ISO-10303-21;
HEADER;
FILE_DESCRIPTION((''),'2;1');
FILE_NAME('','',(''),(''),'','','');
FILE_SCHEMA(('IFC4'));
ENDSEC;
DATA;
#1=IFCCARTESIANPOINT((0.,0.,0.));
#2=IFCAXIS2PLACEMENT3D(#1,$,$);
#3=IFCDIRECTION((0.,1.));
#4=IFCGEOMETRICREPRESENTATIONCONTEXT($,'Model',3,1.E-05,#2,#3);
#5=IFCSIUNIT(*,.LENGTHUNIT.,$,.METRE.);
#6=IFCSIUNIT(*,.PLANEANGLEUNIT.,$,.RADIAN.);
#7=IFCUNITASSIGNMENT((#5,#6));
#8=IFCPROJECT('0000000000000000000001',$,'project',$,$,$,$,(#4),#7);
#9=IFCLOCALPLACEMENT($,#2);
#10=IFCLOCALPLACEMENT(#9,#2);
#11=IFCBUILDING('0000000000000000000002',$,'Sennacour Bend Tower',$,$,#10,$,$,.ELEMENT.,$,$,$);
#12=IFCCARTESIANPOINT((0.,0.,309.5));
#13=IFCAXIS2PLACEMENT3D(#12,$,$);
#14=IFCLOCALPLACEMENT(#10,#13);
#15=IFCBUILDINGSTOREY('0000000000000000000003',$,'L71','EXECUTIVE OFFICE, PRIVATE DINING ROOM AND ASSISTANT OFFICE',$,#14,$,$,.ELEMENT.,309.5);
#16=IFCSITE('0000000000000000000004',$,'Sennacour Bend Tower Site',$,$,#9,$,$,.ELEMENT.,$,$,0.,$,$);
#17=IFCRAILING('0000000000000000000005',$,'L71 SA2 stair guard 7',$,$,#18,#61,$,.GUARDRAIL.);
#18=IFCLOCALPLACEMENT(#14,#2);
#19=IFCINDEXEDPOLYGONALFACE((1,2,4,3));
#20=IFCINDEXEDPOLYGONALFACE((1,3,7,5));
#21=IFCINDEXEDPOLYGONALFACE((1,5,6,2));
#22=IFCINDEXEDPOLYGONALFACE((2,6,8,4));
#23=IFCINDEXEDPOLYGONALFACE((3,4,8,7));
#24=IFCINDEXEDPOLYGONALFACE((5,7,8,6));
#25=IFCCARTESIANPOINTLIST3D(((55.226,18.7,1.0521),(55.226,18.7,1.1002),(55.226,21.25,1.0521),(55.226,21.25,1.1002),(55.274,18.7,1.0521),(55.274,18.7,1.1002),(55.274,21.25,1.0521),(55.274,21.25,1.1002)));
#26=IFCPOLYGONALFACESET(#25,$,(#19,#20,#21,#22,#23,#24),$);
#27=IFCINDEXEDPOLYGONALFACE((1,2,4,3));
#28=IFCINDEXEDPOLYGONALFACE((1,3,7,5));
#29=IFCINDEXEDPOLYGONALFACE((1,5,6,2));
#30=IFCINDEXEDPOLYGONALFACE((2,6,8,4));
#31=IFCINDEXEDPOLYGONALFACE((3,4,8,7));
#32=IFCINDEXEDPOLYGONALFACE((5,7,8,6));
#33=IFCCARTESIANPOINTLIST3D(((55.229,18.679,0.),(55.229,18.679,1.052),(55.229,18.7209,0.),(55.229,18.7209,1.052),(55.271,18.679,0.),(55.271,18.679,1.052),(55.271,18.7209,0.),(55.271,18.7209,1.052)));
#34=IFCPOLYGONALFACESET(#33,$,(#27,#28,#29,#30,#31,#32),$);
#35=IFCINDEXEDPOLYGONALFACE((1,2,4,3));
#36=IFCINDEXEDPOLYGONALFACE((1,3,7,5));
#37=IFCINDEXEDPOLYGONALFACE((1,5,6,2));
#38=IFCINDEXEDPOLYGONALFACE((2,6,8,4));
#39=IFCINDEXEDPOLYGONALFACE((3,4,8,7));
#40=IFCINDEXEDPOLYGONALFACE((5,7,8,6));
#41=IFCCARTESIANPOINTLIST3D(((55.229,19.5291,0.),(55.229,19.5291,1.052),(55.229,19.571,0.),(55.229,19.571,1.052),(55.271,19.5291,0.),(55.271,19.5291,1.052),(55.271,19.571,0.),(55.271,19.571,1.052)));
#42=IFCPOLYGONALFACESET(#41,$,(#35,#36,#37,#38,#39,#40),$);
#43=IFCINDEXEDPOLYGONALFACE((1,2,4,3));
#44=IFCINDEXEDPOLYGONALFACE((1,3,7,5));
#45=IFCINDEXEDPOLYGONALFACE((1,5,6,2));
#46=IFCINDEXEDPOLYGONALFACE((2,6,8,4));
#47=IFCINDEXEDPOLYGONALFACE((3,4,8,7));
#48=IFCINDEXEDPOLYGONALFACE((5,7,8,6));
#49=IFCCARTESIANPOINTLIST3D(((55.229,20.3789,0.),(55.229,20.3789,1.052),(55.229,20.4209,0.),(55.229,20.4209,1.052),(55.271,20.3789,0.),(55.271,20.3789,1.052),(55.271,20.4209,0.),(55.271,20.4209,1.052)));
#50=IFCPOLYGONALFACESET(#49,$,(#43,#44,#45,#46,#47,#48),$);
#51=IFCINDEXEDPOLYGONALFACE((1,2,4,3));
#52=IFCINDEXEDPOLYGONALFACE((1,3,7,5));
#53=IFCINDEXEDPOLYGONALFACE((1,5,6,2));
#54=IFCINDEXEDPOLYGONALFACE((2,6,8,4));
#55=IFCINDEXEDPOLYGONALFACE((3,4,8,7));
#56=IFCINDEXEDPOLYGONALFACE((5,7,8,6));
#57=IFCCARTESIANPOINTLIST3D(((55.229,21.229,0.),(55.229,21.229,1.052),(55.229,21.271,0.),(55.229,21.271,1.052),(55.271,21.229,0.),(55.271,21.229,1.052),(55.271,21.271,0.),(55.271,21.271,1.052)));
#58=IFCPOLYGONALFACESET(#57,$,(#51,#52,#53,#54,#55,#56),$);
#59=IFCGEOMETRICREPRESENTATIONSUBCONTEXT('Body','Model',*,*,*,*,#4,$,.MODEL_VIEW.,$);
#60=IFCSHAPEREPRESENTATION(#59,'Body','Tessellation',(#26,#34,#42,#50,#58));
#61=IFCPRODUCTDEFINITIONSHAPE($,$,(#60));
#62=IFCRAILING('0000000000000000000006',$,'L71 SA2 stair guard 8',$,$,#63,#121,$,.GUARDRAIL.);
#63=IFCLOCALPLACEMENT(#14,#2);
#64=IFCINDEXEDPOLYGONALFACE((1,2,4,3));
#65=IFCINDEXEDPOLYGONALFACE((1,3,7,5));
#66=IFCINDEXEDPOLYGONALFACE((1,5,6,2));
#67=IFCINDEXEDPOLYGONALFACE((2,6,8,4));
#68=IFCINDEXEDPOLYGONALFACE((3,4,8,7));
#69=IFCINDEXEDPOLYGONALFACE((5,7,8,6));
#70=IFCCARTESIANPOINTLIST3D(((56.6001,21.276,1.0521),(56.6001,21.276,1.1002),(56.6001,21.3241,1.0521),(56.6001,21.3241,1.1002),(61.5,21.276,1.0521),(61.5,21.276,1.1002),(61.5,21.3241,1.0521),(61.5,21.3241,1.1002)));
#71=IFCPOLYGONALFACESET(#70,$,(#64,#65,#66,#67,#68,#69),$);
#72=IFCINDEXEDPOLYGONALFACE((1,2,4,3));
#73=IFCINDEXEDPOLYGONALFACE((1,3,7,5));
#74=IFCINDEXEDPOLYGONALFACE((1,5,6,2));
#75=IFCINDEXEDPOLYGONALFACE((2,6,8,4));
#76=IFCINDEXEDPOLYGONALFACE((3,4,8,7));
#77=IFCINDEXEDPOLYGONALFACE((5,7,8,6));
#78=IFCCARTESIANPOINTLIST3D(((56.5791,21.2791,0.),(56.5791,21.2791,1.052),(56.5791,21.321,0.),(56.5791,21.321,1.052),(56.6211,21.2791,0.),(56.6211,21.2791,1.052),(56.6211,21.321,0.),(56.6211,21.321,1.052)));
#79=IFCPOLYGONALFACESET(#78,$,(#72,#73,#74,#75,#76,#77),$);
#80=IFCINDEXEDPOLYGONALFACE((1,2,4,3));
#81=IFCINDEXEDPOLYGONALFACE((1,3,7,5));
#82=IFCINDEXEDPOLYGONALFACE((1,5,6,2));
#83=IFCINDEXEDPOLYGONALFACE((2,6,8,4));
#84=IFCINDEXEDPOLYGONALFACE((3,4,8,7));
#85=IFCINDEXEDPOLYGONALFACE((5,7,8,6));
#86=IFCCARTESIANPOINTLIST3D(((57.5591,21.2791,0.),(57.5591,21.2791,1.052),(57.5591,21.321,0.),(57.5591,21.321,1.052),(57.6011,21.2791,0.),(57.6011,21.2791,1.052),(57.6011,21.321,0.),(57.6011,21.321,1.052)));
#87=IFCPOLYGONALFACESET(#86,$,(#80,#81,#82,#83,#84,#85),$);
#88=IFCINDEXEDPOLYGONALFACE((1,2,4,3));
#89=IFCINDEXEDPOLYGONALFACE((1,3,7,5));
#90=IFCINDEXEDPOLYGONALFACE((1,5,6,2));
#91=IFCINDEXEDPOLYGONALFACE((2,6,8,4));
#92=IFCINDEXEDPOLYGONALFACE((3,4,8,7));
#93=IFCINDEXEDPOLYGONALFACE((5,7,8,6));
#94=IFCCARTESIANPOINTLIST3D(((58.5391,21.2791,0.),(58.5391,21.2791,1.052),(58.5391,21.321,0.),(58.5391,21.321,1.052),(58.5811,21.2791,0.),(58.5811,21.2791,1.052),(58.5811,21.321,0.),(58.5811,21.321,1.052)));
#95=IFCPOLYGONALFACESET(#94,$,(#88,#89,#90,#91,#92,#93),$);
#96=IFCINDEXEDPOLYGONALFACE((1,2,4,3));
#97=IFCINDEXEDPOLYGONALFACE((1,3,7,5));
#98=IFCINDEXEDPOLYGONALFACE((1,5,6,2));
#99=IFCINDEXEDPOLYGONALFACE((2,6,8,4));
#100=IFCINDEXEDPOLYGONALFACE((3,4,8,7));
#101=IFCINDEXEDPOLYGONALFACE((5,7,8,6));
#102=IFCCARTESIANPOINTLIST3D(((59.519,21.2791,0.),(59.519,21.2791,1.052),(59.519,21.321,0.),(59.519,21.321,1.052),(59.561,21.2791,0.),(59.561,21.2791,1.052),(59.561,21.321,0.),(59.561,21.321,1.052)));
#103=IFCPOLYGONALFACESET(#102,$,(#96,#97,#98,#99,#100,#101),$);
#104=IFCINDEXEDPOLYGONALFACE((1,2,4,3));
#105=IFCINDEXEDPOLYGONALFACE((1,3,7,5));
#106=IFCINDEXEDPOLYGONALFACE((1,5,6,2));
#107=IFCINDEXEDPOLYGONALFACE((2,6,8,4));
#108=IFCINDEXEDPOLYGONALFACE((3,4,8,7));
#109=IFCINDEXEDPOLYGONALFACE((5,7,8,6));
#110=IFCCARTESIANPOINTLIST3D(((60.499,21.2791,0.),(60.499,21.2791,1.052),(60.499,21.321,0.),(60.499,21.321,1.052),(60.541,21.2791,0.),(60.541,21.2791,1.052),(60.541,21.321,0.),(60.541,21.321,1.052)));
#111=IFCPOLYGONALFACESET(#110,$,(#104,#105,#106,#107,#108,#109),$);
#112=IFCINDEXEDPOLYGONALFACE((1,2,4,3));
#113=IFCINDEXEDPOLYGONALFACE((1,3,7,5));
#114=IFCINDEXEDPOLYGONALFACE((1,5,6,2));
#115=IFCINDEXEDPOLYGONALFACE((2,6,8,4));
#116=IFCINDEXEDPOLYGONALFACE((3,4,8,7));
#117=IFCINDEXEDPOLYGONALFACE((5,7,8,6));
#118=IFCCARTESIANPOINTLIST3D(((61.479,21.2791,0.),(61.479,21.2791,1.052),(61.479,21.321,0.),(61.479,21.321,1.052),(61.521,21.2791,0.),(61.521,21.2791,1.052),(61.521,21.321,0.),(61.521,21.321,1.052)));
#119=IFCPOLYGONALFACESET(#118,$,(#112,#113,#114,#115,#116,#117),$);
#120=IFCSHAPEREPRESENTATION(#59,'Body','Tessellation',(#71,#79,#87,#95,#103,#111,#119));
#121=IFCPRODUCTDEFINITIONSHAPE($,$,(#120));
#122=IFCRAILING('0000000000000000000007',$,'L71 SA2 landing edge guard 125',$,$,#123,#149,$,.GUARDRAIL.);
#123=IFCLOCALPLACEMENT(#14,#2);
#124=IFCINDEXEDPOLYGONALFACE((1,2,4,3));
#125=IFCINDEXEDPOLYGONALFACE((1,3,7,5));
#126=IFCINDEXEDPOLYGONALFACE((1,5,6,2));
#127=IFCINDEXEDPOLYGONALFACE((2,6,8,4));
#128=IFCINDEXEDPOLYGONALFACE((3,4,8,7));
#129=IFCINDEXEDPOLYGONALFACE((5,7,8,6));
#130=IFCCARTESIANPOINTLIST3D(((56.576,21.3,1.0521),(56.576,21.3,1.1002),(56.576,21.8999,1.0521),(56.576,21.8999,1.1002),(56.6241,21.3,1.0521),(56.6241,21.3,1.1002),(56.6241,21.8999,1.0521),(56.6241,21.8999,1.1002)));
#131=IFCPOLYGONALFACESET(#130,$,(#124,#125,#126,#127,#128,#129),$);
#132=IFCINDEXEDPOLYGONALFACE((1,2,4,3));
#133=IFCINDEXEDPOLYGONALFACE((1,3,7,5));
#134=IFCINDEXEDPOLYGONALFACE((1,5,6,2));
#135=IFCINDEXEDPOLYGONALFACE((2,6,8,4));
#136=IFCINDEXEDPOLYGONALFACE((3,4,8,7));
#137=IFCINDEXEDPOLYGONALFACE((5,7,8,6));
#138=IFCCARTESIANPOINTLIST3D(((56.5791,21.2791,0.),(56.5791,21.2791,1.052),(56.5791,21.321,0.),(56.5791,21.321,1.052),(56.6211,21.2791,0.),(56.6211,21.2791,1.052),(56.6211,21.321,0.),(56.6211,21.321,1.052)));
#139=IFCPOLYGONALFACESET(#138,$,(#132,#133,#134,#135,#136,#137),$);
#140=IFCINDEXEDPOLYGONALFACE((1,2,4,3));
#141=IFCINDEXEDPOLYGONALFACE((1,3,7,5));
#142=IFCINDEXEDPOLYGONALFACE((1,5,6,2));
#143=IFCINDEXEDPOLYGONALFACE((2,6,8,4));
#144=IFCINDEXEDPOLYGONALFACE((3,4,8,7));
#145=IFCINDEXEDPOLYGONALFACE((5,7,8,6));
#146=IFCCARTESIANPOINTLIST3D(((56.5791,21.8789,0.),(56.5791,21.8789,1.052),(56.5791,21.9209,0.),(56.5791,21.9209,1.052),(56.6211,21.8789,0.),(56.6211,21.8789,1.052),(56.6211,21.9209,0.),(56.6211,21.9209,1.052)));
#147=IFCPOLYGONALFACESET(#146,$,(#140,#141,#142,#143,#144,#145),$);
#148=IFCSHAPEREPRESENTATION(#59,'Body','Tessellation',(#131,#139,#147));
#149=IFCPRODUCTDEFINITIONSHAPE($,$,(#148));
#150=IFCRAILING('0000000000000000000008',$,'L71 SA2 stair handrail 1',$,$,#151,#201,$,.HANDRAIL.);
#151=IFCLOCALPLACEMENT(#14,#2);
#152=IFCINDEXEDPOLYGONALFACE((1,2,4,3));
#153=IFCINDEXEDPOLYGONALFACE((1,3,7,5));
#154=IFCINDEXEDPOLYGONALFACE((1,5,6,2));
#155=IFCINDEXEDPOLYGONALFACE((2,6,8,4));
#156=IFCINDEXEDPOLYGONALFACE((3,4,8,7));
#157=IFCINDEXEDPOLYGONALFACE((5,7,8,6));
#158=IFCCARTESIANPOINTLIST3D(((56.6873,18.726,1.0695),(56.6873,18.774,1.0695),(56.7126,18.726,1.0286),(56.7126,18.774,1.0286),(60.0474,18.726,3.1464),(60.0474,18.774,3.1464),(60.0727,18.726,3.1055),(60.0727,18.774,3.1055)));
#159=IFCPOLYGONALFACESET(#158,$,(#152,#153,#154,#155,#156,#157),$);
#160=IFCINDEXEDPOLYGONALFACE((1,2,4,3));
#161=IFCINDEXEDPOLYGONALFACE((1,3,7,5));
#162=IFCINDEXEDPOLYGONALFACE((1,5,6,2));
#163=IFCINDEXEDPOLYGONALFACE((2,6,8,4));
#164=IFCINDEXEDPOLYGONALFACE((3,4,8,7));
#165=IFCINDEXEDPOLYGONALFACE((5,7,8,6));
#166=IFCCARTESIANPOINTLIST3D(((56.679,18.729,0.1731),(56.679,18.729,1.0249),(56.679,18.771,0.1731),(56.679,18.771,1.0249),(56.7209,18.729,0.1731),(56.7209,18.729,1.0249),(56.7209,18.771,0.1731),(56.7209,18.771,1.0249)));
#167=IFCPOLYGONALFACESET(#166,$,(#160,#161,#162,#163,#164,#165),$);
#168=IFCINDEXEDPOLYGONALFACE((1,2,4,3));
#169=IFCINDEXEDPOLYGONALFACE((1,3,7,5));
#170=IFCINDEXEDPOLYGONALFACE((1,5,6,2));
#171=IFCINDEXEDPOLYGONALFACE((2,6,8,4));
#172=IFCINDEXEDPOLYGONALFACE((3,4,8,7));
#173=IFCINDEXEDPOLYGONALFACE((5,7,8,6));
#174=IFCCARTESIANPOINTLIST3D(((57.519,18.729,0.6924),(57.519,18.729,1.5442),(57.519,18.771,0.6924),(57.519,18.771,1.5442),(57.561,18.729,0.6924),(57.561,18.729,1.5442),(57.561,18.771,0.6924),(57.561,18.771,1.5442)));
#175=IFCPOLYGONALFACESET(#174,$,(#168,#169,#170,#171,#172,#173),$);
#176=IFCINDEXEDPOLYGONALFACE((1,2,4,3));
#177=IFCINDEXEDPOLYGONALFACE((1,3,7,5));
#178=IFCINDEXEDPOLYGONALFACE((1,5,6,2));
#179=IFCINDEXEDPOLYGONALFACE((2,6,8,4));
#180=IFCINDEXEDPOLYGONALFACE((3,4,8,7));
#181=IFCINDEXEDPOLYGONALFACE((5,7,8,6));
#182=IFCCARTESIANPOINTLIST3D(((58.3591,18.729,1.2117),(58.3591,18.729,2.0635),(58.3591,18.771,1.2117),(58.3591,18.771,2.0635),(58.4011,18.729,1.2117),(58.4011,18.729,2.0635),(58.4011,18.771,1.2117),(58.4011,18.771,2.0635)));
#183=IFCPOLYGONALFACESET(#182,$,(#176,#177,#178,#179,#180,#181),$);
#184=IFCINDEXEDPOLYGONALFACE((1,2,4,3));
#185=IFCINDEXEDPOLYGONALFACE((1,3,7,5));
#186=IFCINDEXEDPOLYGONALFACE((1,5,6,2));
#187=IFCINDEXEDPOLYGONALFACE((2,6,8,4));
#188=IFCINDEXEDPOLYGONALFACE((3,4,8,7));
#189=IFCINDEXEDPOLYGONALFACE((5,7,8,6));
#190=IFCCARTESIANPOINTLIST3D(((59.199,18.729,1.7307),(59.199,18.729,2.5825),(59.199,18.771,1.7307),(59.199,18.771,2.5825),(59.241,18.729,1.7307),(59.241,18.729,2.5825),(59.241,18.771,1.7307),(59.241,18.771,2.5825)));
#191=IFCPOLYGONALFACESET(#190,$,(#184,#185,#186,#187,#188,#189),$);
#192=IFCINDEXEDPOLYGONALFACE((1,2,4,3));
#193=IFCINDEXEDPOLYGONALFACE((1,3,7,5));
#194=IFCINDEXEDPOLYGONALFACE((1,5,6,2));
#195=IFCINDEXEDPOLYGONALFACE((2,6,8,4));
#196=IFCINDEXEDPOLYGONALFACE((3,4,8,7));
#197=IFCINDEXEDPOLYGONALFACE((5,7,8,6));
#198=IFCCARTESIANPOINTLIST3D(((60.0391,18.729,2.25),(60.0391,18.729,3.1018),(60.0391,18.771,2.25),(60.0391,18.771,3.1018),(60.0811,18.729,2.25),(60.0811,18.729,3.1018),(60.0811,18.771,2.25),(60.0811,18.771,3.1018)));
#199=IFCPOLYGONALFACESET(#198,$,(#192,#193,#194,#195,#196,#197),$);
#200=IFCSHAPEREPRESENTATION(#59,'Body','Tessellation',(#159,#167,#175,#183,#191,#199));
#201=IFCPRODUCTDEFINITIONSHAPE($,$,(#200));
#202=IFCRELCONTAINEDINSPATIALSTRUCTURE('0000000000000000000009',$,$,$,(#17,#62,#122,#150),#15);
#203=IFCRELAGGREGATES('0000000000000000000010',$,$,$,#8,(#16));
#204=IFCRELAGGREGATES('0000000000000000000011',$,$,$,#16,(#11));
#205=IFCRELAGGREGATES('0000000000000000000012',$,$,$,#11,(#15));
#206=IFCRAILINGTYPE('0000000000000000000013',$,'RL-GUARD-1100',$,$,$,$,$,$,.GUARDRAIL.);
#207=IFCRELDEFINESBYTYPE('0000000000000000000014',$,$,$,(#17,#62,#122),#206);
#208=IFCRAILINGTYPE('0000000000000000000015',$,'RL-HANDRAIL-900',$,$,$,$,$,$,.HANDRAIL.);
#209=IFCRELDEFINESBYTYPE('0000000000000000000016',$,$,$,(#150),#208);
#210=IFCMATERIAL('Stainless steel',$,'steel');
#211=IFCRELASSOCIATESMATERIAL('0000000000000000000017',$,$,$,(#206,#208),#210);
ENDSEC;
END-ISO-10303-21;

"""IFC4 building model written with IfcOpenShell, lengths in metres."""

from ifc_helpers import new_model, si_unit, direction, frame, origin, origin_2d, place, context, subcontext, project, spatial, rectangle, extrude, material, type_object, element, save


model = new_model("IFC4")

# Units and contexts
model_context = context("Model", 3, precision=1e-05, world=origin(), true_north=direction((0.0, 1.0)))
body_context = subcontext(model_context, "Body", "Model", "MODEL_VIEW")
ifc_project = project(units=[si_unit("LENGTHUNIT", "METRE"), si_unit("PLANEANGLEUNIT", "RADIAN")], contexts=[model_context])

# Site, building, storey
site_placement = place(None, origin())
site = spatial("IfcSite", under=ifc_project, at=site_placement, Name="Sennacour Bend Tower Site", CompositionType="ELEMENT", RefElevation=0.0)
building_placement = place(site_placement, origin())
building = spatial("IfcBuilding", under=site, at=building_placement, Name="Sennacour Bend Tower", CompositionType="ELEMENT")
storey_placement = place(building_placement, frame((0.0, 0.0, 309.5)))
storey = spatial("IfcBuildingStorey", under=building, at=storey_placement, Name="L71", Description="EXECUTIVE OFFICE, PRIVATE DINING ROOM AND ASSISTANT OFFICE", CompositionType="ELEMENT", Elevation=309.5)

# Shared definitions
ifc_material_1 = material(Name="Stainless steel", Category="steel")

# Railings
railing_type_1 = type_object("IfcRailingType", Name="RL-GUARD-1100", PredefinedType="GUARDRAIL", material=ifc_material_1)
railing_1_placement = place(storey_placement, frame((55.25, 18.7, 0.0)))
element("IfcRailing", 1, at=railing_1_placement, inside=storey, type_object=railing_type_1, Name="L71 SA2 stair guard 7", PredefinedType="GUARDRAIL", context=body_context, shape_type="SweptSolid", body=[
    extrude(rectangle(XDim=0.0481, YDim=0.0481, at=origin_2d()), frame((0.0, 0.0, 1.0762), z_axis=(0.0, 1.0, 0.0), x_axis=(-1.0, 0.0, 0.0)), (0.0, 0.0, 1.0), 2.55),
    extrude(rectangle(XDim=0.042, YDim=0.042, at=origin_2d()), origin(), (0.0, 0.0, 1.0), 1.052),
    extrude(rectangle(XDim=0.042, YDim=0.042, at=origin_2d()), frame((0.0, 0.8501, 0.0)), (0.0, 0.0, 1.0), 1.052),
    extrude(rectangle(XDim=0.042, YDim=0.042, at=origin_2d()), frame((0.0, 1.7, 0.0)), (0.0, 0.0, 1.0), 1.052),
    extrude(rectangle(XDim=0.042, YDim=0.042, at=origin_2d()), frame((0.0, 2.55, 0.0)), (0.0, 0.0, 1.0), 1.052),
])
railing_2_placement = place(storey_placement, frame((56.6001, 21.3, 0.0)))
element("IfcRailing", 2, at=railing_2_placement, inside=storey, type_object=railing_type_1, Name="L71 SA2 stair guard 8", PredefinedType="GUARDRAIL", context=body_context, shape_type="SweptSolid", body=[
    extrude(rectangle(XDim=0.0481, YDim=0.0481, at=origin_2d()), frame((0.0, 0.0, 1.0762), z_axis=(1.0, 0.0, 0.0), x_axis=(0.0, 1.0, 0.0)), (0.0, 0.0, 1.0), 4.8999),
    extrude(rectangle(XDim=0.042, YDim=0.042, at=origin_2d()), origin(), (0.0, 0.0, 1.0), 1.052),
    extrude(rectangle(XDim=0.042, YDim=0.042, at=origin_2d()), frame((0.98, 0.0, 0.0)), (0.0, 0.0, 1.0), 1.052),
    extrude(rectangle(XDim=0.042, YDim=0.042, at=origin_2d()), frame((1.96, 0.0, 0.0)), (0.0, 0.0, 1.0), 1.052),
    extrude(rectangle(XDim=0.042, YDim=0.042, at=origin_2d()), frame((2.9399, 0.0, 0.0)), (0.0, 0.0, 1.0), 1.052),
    extrude(rectangle(XDim=0.042, YDim=0.042, at=origin_2d()), frame((3.9199, 0.0, 0.0)), (0.0, 0.0, 1.0), 1.052),
    extrude(rectangle(XDim=0.042, YDim=0.042, at=origin_2d()), frame((4.8999, 0.0, 0.0)), (0.0, 0.0, 1.0), 1.052),
])
railing_3_placement = place(storey_placement, frame((56.6001, 21.3, 0.0)))
element("IfcRailing", 3, at=railing_3_placement, inside=storey, type_object=railing_type_1, Name="L71 SA2 landing edge guard 125", PredefinedType="GUARDRAIL", context=body_context, shape_type="SweptSolid", body=[
    extrude(rectangle(XDim=0.0481, YDim=0.0481, at=origin_2d()), frame((0.0, 0.0, 1.0762), z_axis=(0.0, 1.0, 0.0), x_axis=(-1.0, 0.0, 0.0)), (0.0, 0.0, 1.0), 0.5999),
    extrude(rectangle(XDim=0.042, YDim=0.042, at=origin_2d()), origin(), (0.0, 0.0, 1.0), 1.052),
    extrude(rectangle(XDim=0.042, YDim=0.042, at=origin_2d()), frame((0.0, 0.5999, 0.0)), (0.0, 0.0, 1.0), 1.052),
])
railing_type_2 = type_object("IfcRailingType", Name="RL-HANDRAIL-900", PredefinedType="HANDRAIL", material=ifc_material_1)
railing_4_placement = place(storey_placement, frame((56.7, 18.75, 0.1731)))
element("IfcRailing", 4, at=railing_4_placement, inside=storey, type_object=railing_type_2, Name="L71 SA2 stair handrail 1", PredefinedType="HANDRAIL", context=body_context, shape_type="SweptSolid", body=[
    extrude(rectangle(XDim=0.0481, YDim=0.0481, at=origin_2d()), frame((0.0, 0.0, 0.876), z_axis=(0.850623, 0.0, 0.525776), x_axis=(0.0, 1.0, 0.0)), (0.0, 0.0, 1.0), 3.9502),
    extrude(rectangle(XDim=0.042, YDim=0.042, at=origin_2d()), origin(), (0.0, 0.0, 1.0), 0.8518),
    extrude(rectangle(XDim=0.042, YDim=0.042, at=origin_2d()), frame((0.8401, 0.0, 0.5193)), (0.0, 0.0, 1.0), 0.8518),
    extrude(rectangle(XDim=0.042, YDim=0.042, at=origin_2d()), frame((1.6802, 0.0, 1.0386)), (0.0, 0.0, 1.0), 0.8518),
    extrude(rectangle(XDim=0.042, YDim=0.042, at=origin_2d()), frame((2.52, 0.0, 1.5576)), (0.0, 0.0, 1.0), 0.8518),
    extrude(rectangle(XDim=0.042, YDim=0.042, at=origin_2d()), frame((3.3601, 0.0, 2.0769)), (0.0, 0.0, 1.0), 0.8518),
])

save(model, "model.ifc")
